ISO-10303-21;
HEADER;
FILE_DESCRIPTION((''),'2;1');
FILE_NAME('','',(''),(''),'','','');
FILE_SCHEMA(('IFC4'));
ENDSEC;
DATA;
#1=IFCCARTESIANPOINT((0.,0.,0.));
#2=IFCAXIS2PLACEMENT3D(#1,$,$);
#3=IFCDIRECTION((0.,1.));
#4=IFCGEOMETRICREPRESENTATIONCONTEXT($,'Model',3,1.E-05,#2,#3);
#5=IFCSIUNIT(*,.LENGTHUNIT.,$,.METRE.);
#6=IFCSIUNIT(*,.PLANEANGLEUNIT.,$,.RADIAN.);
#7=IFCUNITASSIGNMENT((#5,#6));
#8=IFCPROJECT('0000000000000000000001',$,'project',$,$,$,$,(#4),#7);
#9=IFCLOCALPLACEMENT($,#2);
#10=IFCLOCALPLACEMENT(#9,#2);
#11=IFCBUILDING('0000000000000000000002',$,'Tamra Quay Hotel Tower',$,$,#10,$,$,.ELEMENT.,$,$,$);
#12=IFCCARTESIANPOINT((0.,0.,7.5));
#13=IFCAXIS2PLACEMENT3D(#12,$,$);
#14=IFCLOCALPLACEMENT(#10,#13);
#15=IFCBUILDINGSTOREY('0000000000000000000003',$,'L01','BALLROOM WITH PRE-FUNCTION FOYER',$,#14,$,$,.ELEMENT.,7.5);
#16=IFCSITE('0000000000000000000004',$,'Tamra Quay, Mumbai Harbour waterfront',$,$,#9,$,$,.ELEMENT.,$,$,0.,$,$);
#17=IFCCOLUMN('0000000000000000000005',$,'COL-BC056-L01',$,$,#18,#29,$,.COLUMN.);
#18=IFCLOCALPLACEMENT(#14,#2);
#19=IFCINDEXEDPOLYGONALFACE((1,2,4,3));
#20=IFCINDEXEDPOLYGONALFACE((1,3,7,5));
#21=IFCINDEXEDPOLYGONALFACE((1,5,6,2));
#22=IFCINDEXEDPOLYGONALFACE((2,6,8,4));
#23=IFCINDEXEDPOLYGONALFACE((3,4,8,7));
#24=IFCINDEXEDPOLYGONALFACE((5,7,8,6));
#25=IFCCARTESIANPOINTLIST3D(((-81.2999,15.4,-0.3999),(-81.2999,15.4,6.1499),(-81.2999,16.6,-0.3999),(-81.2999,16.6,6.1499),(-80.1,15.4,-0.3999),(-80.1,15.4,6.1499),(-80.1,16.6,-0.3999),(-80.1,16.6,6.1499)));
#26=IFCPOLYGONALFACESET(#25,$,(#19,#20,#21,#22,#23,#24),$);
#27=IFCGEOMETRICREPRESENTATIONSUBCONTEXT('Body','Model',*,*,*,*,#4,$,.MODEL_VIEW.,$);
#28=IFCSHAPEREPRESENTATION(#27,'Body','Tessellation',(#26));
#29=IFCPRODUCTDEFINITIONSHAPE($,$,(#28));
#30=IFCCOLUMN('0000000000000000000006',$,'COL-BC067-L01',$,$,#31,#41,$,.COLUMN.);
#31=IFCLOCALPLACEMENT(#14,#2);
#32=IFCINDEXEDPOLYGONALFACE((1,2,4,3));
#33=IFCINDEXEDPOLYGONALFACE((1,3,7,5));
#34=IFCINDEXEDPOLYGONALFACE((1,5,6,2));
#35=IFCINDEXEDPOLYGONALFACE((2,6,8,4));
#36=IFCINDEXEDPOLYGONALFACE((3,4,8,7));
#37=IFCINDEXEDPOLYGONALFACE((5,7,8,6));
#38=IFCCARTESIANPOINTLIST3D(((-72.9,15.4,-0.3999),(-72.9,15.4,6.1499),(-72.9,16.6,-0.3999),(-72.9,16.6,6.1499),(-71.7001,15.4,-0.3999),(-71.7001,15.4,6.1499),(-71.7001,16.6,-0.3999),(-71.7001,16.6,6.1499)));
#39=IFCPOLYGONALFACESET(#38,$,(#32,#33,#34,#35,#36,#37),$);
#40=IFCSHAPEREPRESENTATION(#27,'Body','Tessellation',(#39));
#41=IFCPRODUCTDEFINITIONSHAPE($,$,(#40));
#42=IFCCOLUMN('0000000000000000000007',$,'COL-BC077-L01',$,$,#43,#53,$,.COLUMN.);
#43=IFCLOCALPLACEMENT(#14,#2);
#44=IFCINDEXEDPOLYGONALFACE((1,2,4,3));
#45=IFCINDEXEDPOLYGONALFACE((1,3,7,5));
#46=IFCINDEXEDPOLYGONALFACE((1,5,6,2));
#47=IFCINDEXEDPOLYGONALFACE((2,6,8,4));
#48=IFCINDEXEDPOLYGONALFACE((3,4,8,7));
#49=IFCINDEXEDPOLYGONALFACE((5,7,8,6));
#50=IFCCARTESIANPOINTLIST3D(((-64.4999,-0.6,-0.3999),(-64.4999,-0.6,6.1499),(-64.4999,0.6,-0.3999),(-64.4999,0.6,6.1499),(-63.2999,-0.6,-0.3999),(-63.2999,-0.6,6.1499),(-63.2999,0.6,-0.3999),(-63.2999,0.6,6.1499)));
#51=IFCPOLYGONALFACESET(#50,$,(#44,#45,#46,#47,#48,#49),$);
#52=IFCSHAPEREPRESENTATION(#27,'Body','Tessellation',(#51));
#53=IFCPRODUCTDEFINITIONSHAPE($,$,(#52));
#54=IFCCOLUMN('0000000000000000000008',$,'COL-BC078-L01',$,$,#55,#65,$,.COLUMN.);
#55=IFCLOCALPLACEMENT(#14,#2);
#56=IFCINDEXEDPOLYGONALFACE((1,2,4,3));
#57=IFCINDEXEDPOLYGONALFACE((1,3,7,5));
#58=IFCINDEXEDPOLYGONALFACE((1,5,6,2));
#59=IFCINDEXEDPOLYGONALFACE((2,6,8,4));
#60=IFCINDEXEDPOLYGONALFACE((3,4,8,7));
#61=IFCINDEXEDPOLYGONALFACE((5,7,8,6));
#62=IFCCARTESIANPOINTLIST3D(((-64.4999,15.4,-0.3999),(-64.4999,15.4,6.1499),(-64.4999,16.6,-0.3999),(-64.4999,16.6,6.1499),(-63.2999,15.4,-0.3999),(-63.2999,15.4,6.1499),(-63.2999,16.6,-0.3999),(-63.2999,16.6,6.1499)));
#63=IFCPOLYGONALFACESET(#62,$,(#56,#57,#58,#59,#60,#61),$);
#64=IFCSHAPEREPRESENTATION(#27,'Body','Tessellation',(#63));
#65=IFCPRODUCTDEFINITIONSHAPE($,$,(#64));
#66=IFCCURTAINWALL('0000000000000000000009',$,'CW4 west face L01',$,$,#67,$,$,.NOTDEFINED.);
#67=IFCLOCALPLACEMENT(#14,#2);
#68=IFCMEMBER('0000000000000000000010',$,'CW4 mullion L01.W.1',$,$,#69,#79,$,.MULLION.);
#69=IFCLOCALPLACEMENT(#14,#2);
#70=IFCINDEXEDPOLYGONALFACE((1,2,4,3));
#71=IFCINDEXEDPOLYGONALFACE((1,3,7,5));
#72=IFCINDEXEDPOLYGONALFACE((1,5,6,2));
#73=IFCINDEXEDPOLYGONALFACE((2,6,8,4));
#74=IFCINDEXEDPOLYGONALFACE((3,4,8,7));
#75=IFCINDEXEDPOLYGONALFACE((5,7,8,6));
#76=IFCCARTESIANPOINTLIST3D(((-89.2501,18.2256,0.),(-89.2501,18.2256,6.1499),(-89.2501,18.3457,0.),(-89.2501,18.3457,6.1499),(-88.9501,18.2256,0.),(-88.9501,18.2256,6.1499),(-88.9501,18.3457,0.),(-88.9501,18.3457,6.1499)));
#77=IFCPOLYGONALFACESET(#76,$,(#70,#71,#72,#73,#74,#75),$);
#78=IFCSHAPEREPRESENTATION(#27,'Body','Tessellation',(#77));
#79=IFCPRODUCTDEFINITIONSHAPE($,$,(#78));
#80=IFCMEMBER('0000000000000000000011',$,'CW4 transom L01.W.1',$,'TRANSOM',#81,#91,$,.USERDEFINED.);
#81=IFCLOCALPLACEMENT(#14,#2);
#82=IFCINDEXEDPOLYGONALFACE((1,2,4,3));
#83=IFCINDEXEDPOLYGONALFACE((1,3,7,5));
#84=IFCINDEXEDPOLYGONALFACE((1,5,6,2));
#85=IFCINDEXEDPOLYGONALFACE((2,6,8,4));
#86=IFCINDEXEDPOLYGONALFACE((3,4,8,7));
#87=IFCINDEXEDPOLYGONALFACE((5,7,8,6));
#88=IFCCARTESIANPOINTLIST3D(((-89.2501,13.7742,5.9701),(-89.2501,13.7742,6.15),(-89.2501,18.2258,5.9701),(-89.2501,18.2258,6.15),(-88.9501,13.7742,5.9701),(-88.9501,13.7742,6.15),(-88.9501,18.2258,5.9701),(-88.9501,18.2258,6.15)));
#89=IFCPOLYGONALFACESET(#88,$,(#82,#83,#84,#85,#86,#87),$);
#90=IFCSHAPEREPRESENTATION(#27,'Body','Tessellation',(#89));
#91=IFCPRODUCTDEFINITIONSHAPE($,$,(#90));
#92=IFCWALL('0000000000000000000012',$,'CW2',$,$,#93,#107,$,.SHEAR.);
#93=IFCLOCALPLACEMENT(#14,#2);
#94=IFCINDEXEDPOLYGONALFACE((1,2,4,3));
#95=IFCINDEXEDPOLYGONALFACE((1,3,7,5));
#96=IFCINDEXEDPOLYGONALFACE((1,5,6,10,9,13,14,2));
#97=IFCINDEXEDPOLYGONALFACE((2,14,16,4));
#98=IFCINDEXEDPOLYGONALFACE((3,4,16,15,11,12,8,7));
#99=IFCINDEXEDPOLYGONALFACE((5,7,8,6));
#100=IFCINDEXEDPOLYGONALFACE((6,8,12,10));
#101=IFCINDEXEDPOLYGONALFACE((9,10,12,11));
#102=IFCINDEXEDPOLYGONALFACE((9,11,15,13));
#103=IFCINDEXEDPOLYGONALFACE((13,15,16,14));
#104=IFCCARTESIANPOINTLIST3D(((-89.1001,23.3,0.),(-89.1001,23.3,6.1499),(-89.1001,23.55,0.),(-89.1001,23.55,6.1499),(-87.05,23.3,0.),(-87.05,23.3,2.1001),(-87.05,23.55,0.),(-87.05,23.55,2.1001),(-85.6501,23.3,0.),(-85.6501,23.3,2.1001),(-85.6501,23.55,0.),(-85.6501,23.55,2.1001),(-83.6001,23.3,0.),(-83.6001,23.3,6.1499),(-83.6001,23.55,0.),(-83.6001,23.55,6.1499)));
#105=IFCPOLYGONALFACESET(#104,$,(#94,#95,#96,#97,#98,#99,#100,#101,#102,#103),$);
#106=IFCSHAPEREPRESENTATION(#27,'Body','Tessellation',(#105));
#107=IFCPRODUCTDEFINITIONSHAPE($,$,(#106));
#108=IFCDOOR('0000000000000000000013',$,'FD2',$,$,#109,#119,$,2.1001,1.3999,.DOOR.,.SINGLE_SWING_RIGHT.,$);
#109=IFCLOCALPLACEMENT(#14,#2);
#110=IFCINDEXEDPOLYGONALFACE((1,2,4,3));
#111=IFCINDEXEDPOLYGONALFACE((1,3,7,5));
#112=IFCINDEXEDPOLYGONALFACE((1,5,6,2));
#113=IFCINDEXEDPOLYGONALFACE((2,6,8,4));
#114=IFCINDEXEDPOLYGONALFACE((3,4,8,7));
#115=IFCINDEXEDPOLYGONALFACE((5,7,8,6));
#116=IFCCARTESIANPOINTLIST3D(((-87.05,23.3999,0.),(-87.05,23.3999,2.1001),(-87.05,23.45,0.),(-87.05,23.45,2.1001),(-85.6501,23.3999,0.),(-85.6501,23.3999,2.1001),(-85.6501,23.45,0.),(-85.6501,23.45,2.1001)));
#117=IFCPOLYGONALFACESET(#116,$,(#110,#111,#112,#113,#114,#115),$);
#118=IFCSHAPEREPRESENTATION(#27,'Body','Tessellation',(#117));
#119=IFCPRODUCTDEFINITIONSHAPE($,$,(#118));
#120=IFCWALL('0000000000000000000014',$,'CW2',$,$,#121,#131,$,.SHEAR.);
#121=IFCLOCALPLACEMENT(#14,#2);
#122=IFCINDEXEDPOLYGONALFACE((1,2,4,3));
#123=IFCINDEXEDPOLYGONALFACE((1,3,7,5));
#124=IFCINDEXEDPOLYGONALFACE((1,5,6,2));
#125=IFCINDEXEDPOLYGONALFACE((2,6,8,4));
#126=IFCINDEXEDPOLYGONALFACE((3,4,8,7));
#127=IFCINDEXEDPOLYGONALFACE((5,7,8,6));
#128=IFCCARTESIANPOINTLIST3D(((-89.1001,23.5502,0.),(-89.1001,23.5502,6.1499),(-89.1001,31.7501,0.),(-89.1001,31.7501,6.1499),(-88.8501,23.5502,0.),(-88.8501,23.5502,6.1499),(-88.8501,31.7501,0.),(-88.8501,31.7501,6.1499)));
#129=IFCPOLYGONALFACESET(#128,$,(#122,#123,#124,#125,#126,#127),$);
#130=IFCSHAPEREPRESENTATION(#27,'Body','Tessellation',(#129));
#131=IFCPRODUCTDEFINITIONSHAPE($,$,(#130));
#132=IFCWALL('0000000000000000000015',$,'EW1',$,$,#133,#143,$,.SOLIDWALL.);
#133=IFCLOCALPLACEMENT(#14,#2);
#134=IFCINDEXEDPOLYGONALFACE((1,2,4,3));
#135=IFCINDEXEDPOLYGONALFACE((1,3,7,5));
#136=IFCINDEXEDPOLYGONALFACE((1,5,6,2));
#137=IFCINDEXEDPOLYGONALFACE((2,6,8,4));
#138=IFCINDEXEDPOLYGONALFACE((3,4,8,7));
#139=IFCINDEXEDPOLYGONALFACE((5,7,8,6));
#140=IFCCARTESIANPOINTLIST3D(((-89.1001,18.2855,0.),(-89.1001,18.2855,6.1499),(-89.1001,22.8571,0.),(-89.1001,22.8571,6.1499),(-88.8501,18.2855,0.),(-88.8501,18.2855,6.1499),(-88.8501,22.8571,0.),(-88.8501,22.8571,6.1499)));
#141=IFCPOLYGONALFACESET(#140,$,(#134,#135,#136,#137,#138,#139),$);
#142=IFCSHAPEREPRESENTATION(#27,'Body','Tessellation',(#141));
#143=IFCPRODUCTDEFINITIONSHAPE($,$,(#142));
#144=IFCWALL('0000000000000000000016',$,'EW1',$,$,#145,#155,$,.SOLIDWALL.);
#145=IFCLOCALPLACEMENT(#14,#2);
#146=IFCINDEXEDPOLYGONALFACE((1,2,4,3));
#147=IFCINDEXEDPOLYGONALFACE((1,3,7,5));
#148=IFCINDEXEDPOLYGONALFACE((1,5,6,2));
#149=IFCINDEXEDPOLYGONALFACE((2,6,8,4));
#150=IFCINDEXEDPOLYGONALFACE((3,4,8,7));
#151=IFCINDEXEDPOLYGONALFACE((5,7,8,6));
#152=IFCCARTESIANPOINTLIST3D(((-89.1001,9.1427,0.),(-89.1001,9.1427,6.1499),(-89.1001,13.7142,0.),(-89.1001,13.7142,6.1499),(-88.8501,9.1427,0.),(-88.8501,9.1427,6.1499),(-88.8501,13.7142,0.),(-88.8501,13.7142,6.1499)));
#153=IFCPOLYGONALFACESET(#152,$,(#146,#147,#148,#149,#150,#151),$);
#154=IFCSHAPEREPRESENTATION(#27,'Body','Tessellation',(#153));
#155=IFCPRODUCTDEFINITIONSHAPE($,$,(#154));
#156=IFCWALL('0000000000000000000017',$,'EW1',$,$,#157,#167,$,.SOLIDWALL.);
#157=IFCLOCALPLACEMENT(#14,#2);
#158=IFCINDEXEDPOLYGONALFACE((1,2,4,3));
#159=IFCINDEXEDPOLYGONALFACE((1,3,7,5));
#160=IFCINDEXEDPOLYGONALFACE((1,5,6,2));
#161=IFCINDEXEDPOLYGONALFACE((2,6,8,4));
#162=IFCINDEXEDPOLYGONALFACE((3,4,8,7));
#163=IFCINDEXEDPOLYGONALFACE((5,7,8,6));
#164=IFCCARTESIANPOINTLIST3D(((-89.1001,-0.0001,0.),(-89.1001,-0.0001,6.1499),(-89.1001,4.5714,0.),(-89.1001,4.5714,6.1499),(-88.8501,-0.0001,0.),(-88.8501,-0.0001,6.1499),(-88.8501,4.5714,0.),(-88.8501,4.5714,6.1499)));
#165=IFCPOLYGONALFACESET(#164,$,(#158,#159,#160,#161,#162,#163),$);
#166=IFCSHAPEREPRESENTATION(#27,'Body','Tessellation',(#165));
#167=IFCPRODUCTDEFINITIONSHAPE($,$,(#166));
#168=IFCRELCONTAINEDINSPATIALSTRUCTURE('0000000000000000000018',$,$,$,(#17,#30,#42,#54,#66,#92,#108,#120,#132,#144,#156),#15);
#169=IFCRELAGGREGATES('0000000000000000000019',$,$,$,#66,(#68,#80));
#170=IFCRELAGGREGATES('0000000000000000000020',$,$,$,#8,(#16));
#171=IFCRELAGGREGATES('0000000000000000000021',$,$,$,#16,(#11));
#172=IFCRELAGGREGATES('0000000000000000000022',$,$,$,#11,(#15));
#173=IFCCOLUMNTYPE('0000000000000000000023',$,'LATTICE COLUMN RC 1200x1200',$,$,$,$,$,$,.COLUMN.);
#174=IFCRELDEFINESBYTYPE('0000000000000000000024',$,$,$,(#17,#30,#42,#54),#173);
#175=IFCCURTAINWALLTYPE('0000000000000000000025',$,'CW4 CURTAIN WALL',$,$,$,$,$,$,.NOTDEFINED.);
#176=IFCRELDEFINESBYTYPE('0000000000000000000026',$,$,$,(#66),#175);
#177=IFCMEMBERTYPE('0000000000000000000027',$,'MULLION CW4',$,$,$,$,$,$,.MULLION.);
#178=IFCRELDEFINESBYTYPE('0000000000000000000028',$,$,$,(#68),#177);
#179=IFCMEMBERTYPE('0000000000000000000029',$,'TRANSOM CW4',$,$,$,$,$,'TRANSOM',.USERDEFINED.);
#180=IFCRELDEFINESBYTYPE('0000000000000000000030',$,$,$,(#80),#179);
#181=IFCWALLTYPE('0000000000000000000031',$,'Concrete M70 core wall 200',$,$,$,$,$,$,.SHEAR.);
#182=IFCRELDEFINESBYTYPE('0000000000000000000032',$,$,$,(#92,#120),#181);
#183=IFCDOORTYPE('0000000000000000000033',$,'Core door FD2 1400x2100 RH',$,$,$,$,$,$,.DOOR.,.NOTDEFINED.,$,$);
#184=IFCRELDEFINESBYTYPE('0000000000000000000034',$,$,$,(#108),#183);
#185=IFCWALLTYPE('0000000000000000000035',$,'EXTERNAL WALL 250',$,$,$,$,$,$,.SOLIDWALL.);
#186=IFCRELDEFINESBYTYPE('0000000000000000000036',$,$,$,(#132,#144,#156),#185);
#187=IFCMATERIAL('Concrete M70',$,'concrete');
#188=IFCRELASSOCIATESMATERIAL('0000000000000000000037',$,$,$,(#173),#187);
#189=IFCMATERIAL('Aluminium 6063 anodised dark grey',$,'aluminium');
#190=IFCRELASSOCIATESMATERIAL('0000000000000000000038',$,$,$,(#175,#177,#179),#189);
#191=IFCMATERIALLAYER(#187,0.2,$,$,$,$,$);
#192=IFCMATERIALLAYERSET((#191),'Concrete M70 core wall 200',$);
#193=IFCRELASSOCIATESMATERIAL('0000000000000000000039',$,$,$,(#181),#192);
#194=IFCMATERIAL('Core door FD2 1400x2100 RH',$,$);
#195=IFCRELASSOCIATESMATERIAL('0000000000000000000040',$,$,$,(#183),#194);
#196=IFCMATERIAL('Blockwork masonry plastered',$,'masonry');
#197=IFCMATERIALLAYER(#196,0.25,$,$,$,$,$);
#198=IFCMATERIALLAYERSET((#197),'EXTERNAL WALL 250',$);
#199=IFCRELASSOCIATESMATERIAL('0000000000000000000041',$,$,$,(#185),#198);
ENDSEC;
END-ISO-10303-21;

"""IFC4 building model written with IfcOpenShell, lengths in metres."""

from ifc_helpers import new_model, si_unit, direction, frame, frame_2d, origin, origin_2d, place, context, subcontext, project, spatial, rectangle, extrude, material, layer, layer_set, material_profile, profile_set, type_object, element, fill, aggregate, save


model = new_model("IFC4")

# Units and contexts
model_context = context("Model", 3, precision=1e-05, world=origin(), true_north=direction((0.0, 1.0)))
body_context = subcontext(model_context, "Body", "Model", "MODEL_VIEW")
ifc_project = project(units=[si_unit("LENGTHUNIT", "METRE"), si_unit("PLANEANGLEUNIT", "RADIAN")], contexts=[model_context])

# Site, building, storey
site_placement = place(None, origin())
site = spatial("IfcSite", under=ifc_project, at=site_placement, Name="Tamra Quay, Mumbai Harbour waterfront", CompositionType="ELEMENT", RefElevation=0.0)
building_placement = place(site_placement, origin())
building = spatial("IfcBuilding", under=site, at=building_placement, Name="Tamra Quay Hotel Tower", CompositionType="ELEMENT")
storey_placement = place(building_placement, frame((0.0, 0.0, 7.5)))
storey = spatial("IfcBuildingStorey", under=building, at=storey_placement, Name="L01", Description="BALLROOM WITH PRE-FUNCTION FOYER", CompositionType="ELEMENT", Elevation=7.5)

# Columns
ifc_material_1 = material(Name="Concrete M70", Category="concrete")
ifc_material_profile_1 = material_profile(ifc_material_1, rectangle(XDim=1.2, YDim=1.2, at=origin_2d()), Name="LATTICE COLUMN RC 1200x1200")
ifc_profile_set_1 = profile_set([ifc_material_profile_1], Name="Concrete M70")
column_type = type_object("IfcColumnType", Name="LATTICE COLUMN RC 1200x1200", PredefinedType="COLUMN", material=ifc_profile_set_1)
for number, where, z_axis, x_axis, name in (
    (1, (-80.7, 16.0, -0.3999), (0.0, 0.0, 1.0), (1.0, 0.0, 0.0), "COL-BC056-L01"),
    (2, (-72.3, 16.0, -0.3999), (0.0, 0.0, 1.0), (1.0, 0.0, 0.0), "COL-BC067-L01"),
    (3, (-63.8999, 0.0, -0.3999), (0.0, 0.0, 1.0), (1.0, 0.0, 0.0), "COL-BC077-L01"),
    (4, (-63.8999, 16.0, -0.3999), (0.0, 0.0, 1.0), (1.0, 0.0, 0.0), "COL-BC078-L01"),
):
    element("IfcColumn", number, at=place(storey_placement, frame(where, z_axis=z_axis, x_axis=x_axis)), inside=storey, type_object=column_type, Name=name, PredefinedType="COLUMN", context=body_context, shape_type="SweptSolid", body=[
        extrude(rectangle(XDim=1.2, YDim=1.2, at=origin_2d()), origin(), (0.0, 0.0, 1.0), 6.5498),
    ])

# Curtain wall, members
ifc_material_2 = material(Name="Aluminium 6063 anodised dark grey", Category="aluminium")
curtain_wall_type = type_object("IfcCurtainWallType", Name="CW4 CURTAIN WALL", PredefinedType="NOTDEFINED", material=ifc_material_2)
curtain_wall_placement = place(storey_placement, origin())
curtain_wall = element("IfcCurtainWall", 5, at=curtain_wall_placement, inside=storey, type_object=curtain_wall_type, Name="CW4 west face L01", PredefinedType="NOTDEFINED")
ifc_material_profile_2 = material_profile(ifc_material_2, rectangle(XDim=0.3, YDim=0.1201, at=origin_2d()), Name="MULLION 120X300")
ifc_profile_set_2 = profile_set([ifc_material_profile_2], Name="Aluminium 6063 anodised dark grey")
member_type_1 = type_object("IfcMemberType", Name="MULLION CW4", PredefinedType="MULLION", material=ifc_profile_set_2)
member_1_placement = place(storey_placement, frame((-89.1001, 18.2856, 0.0), z_axis=(0.0, 0.0, 1.0), x_axis=(-1.0, 0.0, 0.0)))
member_1 = element("IfcMember", 6, at=member_1_placement, type_object=member_type_1, Name="CW4 mullion L01.W.1", PredefinedType="MULLION", context=body_context, shape_type="SweptSolid", body=[
    extrude(rectangle(XDim=0.3, YDim=0.1201, at=origin_2d()), origin(), (0.0, 0.0, 1.0), 6.1499),
])
ifc_material_profile_3 = material_profile(ifc_material_2, rectangle(XDim=0.3, YDim=0.1799, at=origin_2d()), Name="TRANSOM 300X180")
ifc_profile_set_3 = profile_set([ifc_material_profile_3], Name="Aluminium 6063 anodised dark grey")
member_type_2 = type_object("IfcMemberType", Name="TRANSOM CW4", ElementType="TRANSOM", PredefinedType="USERDEFINED", material=ifc_profile_set_3)
member_2_placement = place(storey_placement, frame((-89.1001, 18.2258, 6.0601), z_axis=(0.0, -1.0, 0.0), x_axis=(1.0, 0.0, 0.0)))
member_2 = element("IfcMember", 7, at=member_2_placement, type_object=member_type_2, Name="CW4 transom L01.W.1", ObjectType="TRANSOM", PredefinedType="USERDEFINED", context=body_context, shape_type="SweptSolid", body=[
    extrude(rectangle(XDim=0.3, YDim=0.1799, at=origin_2d()), origin(), (0.0, 0.0, 1.0), 4.4517),
])
aggregate(curtain_wall, [member_1, member_2])

# Wall, opening, door
ifc_layer_1 = layer(ifc_material_1, 0.2)
ifc_layer_set_1 = layer_set([ifc_layer_1], Name="Concrete M70 core wall 200")
wall_type_1 = type_object("IfcWallType", Name="Concrete M70 core wall 200", PredefinedType="SHEAR", material=ifc_layer_set_1)
wall_1_placement = place(storey_placement, frame((-89.1001, 23.425, 0.0), z_axis=(0.0, 0.0, 1.0), x_axis=(1.0, 0.0, 0.0)))
wall_1 = element("IfcWall", 8, at=wall_1_placement, inside=storey, type_object=wall_type_1, Name="CW2", PredefinedType="SHEAR", context=body_context, shape_type="SweptSolid", body=[
    extrude(rectangle(XDim=5.5, YDim=0.25, at=frame_2d((2.75, 0.0))), origin(), (0.0, 0.0, 1.0), 6.1499),
])
opening_1_placement = place(wall_1_placement, frame((2.05, 0.0, 0.0)))
opening_1 = element("IfcOpeningElement", 9, at=opening_1_placement, cuts=wall_1, PredefinedType="OPENING", context=body_context, shape_type="SweptSolid", body=[
    extrude(rectangle(XDim=1.3999, YDim=2.1001, at=frame_2d((0.7, 1.05))), frame((0.0, 0.135, 0.0), z_axis=(0.0, -1.0, 0.0), x_axis=(1.0, 0.0, 0.0)), (0.0, 0.0, 1.0), 0.27),
])
ifc_material_3 = material(Name="Core door FD2 1400x2100 RH")
door_type_1 = type_object("IfcDoorType", Name="Core door FD2 1400x2100 RH", OperationType="NOTDEFINED", PredefinedType="DOOR", material=ifc_material_3)
door_1_placement = place(opening_1_placement, origin())
door_1 = element("IfcDoor", 10, at=door_1_placement, inside=storey, type_object=door_type_1, Name="FD2", OperationType="SINGLE_SWING_RIGHT", OverallHeight=2.1001, OverallWidth=1.3999, PredefinedType="DOOR", context=body_context, shape_type="SweptSolid", body=[
    extrude(rectangle(XDim=1.3999, YDim=2.1001, at=frame_2d((0.7, 1.05))), frame((0.0, 0.0249, 0.0), z_axis=(0.0, -1.0, 0.0), x_axis=(1.0, 0.0, 0.0)), (0.0, 0.0, 1.0), 0.05),
])
fill(opening_1, door_1)

# Walls
wall_2_placement = place(storey_placement, frame((-88.9751, 23.55, 0.0), z_axis=(0.0, 0.0, 1.0), x_axis=(0.0, 1.0, 0.0)))
element("IfcWall", 11, at=wall_2_placement, inside=storey, type_object=wall_type_1, Name="CW2", PredefinedType="SHEAR", context=body_context, shape_type="SweptSolid", body=[
    extrude(rectangle(XDim=8.2, YDim=0.25, at=frame_2d((4.1001, 0.0))), origin(), (0.0, 0.0, 1.0), 6.1499),
])
ifc_material_4 = material(Name="Blockwork masonry plastered", Category="masonry")
ifc_layer_2 = layer(ifc_material_4, 0.25)
ifc_layer_set_2 = layer_set([ifc_layer_2], Name="EXTERNAL WALL 250")
wall_type_2 = type_object("IfcWallType", Name="EXTERNAL WALL 250", PredefinedType="SOLIDWALL", material=ifc_layer_set_2)
for number, where, z_axis, x_axis, name in (
    (12, (-88.9751, 18.2856, 0.0), (0.0, 0.0, 1.0), (0.0, 1.0, 0.0), "EW1"),
    (13, (-88.9751, 9.1428, 0.0), (0.0, 0.0, 1.0), (0.0, 1.0, 0.0), "EW1"),
    (14, (-88.9751, 0.0, 0.0), (0.0, 0.0, 1.0), (0.0, 1.0, 0.0), "EW1"),
):
    element("IfcWall", number, at=place(storey_placement, frame(where, z_axis=z_axis, x_axis=x_axis)), inside=storey, type_object=wall_type_2, Name=name, PredefinedType="SOLIDWALL", context=body_context, shape_type="SweptSolid", body=[
        extrude(rectangle(XDim=4.5715, YDim=0.25, at=frame_2d((2.2856, 0.0))), origin(), (0.0, 0.0, 1.0), 6.1499),
    ])

save(model, "model.ifc")
